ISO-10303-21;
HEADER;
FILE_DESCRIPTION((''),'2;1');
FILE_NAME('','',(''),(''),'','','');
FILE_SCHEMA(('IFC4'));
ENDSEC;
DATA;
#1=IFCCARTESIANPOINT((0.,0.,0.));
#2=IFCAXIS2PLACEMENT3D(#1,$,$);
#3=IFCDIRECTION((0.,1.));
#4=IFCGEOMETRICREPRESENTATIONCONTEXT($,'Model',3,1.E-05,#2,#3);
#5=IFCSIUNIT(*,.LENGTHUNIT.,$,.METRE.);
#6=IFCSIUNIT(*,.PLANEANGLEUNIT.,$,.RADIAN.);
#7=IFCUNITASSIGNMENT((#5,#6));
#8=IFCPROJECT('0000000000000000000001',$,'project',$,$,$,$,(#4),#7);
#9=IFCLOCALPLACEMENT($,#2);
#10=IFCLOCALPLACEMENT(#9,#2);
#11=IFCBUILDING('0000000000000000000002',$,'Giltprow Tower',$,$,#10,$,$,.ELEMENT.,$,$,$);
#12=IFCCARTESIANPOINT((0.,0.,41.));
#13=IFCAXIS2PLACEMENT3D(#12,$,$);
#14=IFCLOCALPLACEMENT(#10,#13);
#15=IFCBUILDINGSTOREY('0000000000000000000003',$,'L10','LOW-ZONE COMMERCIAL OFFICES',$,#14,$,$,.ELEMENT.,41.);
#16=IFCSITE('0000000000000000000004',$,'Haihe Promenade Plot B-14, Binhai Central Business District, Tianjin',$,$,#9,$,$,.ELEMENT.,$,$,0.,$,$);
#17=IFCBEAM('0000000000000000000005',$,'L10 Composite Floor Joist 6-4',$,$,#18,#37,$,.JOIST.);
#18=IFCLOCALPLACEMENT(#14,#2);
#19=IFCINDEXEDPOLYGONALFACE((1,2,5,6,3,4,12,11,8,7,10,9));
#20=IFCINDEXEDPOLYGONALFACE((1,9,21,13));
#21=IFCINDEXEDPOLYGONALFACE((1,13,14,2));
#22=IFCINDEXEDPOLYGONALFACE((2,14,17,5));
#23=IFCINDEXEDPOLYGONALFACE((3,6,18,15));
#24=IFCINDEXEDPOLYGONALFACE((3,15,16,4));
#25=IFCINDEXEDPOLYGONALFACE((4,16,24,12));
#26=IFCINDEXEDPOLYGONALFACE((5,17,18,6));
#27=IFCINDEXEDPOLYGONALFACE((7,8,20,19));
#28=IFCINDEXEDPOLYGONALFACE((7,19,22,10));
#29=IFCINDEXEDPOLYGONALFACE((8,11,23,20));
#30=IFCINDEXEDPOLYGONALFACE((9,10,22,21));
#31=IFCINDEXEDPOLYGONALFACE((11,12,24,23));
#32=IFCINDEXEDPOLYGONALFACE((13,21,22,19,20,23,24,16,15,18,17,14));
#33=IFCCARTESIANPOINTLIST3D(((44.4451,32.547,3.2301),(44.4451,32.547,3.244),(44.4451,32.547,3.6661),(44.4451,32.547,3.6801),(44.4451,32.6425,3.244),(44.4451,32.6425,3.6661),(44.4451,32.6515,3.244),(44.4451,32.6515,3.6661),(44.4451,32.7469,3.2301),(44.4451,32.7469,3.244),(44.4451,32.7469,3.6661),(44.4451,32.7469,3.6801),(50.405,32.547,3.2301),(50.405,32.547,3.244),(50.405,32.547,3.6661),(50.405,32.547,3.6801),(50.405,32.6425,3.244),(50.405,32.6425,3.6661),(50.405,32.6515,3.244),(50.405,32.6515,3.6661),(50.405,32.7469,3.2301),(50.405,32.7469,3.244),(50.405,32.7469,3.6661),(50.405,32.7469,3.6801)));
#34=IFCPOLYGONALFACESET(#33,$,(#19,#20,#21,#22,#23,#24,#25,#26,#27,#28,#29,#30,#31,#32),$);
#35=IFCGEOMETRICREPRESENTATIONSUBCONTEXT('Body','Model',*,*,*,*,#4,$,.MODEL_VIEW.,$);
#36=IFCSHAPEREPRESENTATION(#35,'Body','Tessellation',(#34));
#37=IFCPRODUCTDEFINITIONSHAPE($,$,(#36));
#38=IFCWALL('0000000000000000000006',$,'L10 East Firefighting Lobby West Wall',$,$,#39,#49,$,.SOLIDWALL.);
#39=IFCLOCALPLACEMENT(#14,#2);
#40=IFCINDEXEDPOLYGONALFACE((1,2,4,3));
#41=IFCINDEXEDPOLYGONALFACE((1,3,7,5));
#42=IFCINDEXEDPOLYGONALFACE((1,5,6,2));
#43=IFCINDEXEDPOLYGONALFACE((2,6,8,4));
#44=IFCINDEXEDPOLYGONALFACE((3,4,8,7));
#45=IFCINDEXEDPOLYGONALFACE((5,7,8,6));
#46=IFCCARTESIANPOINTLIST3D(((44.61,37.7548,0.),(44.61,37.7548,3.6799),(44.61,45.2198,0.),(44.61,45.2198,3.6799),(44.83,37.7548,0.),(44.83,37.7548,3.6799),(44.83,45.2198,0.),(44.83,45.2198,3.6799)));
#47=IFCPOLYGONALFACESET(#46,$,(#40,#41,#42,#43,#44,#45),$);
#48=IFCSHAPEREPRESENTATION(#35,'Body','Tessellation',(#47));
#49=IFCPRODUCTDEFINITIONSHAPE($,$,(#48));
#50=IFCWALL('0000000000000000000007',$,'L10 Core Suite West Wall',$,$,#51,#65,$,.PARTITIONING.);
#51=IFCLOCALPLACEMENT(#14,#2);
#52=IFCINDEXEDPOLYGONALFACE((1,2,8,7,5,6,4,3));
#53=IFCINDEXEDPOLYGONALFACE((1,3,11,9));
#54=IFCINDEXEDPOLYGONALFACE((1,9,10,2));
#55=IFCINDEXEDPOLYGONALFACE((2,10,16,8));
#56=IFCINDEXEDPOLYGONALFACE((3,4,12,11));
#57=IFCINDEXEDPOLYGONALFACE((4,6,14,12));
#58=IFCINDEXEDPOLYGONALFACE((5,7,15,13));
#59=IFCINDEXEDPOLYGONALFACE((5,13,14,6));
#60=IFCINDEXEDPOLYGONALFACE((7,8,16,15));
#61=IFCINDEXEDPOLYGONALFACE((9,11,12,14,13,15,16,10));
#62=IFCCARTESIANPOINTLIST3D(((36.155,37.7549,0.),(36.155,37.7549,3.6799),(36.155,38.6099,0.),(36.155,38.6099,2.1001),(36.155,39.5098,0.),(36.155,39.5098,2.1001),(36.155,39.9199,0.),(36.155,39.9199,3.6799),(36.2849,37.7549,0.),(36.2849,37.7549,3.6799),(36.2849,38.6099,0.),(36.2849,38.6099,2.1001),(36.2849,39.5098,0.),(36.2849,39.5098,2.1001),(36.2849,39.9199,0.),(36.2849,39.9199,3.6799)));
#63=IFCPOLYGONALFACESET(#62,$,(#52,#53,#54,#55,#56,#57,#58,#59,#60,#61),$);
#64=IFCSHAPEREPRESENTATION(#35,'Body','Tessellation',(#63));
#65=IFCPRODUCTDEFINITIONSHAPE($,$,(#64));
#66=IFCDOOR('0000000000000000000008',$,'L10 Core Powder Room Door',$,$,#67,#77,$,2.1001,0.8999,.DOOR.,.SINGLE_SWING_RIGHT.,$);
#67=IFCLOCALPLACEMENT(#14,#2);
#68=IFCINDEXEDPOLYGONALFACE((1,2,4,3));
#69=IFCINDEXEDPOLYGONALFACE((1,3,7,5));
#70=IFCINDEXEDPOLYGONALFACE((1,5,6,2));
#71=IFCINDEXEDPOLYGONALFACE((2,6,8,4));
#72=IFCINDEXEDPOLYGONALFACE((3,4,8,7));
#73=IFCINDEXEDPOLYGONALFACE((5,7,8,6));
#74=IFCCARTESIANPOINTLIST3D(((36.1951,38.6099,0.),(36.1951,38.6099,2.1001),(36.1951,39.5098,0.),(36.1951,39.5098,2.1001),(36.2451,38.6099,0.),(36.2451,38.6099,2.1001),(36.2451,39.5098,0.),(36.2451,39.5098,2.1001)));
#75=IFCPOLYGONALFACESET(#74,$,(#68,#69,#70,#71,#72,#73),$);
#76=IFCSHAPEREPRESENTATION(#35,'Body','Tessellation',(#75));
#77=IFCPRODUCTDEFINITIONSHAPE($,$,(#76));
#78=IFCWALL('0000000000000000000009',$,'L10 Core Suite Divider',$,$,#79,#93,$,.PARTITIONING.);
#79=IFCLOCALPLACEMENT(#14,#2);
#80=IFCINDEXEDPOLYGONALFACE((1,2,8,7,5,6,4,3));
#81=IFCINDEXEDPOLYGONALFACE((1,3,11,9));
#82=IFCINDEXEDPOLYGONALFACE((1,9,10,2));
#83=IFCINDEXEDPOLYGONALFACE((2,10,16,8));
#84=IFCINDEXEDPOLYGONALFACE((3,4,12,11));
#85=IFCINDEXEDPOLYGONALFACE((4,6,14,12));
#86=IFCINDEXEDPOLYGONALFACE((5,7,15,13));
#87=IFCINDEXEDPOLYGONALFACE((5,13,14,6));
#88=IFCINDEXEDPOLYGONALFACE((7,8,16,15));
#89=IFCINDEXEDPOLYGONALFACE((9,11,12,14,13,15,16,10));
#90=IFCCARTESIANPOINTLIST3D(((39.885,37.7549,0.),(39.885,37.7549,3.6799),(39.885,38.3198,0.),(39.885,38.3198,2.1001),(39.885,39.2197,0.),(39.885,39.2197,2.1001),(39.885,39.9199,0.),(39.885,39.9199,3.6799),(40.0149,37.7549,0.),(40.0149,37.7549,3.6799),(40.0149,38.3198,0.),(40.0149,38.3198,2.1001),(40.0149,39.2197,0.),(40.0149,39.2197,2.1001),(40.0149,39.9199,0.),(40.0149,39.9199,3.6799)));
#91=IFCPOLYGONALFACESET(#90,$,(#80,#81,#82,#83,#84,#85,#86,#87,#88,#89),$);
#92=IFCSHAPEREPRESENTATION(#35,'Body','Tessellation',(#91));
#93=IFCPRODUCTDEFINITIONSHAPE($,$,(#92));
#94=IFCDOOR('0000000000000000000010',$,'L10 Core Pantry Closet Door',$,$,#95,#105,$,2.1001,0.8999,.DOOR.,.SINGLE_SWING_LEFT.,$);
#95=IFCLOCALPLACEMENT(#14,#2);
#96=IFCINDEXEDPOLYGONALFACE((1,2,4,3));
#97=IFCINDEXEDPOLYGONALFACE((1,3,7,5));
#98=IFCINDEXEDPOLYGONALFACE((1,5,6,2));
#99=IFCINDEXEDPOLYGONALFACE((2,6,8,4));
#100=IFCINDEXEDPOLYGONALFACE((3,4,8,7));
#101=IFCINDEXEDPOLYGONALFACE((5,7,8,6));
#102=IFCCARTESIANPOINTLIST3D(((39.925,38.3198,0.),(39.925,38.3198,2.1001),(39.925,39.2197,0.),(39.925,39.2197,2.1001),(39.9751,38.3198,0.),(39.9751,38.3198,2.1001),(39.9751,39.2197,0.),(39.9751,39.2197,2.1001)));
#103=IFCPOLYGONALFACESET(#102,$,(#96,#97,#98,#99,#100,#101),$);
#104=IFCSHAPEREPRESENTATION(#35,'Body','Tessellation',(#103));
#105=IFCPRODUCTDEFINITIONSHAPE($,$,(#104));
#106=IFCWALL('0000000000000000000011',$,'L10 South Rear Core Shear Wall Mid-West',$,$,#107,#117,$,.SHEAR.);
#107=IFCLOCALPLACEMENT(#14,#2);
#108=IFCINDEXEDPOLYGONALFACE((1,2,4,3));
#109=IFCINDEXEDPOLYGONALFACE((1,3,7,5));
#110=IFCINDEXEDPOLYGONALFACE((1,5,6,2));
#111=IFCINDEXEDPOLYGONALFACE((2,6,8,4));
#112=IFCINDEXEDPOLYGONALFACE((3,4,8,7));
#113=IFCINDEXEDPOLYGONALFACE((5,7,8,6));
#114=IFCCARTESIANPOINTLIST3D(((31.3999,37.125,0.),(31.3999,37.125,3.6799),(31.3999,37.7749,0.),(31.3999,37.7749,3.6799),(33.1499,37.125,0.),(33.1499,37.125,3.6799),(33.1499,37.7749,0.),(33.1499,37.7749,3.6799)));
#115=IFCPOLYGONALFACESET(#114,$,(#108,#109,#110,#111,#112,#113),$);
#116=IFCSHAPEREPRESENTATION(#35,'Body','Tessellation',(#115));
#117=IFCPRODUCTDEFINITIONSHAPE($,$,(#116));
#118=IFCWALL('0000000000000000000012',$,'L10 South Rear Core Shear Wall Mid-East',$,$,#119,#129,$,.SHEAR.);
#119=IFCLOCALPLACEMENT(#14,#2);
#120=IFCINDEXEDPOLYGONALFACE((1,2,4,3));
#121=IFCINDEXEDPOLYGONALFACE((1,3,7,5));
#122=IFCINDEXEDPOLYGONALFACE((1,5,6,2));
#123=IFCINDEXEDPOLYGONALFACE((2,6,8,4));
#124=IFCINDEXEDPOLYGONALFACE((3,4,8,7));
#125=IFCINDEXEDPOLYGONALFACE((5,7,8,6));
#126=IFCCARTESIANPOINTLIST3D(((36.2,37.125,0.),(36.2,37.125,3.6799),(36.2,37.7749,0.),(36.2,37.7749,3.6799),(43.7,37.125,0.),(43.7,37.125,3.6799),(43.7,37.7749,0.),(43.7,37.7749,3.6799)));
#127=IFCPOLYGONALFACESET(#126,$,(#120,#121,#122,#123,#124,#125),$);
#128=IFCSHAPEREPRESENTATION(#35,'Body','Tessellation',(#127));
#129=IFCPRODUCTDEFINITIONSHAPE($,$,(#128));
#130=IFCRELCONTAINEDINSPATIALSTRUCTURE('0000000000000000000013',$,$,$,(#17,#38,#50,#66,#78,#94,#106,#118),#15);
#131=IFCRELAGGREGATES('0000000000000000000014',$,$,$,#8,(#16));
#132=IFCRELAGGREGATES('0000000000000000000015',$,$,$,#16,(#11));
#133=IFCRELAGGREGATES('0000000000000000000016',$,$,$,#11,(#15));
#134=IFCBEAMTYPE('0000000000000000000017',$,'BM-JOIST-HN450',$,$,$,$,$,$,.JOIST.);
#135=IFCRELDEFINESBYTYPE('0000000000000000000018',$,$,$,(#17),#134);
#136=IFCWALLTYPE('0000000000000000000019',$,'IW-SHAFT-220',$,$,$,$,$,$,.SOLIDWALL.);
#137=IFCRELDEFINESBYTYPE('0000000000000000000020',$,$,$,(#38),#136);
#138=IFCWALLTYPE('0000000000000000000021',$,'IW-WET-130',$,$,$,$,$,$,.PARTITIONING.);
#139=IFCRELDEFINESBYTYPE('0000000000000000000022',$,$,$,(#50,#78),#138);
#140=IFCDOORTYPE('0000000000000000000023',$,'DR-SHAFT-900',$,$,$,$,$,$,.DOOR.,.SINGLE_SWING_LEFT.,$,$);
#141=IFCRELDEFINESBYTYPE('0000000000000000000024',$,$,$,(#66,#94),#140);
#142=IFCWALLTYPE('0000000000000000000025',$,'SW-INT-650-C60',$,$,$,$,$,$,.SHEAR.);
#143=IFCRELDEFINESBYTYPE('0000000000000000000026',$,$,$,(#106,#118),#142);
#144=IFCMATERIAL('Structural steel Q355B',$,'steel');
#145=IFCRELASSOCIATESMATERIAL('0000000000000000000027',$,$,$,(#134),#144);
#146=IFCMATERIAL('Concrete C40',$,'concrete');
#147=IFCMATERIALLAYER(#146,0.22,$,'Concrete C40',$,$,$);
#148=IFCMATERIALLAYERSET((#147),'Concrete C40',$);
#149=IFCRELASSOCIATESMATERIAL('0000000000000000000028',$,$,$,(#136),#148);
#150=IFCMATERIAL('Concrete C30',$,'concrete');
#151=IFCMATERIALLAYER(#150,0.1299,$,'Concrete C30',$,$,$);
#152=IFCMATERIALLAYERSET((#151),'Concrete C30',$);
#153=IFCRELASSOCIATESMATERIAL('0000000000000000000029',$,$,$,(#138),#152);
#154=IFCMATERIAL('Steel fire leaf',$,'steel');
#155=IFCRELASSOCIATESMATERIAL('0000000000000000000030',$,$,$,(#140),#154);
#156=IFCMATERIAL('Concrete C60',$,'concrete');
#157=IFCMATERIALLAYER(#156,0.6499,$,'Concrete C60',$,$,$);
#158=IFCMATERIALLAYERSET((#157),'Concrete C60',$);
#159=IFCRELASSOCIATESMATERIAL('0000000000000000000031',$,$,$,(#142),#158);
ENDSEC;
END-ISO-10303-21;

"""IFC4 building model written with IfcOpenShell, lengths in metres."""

from ifc_helpers import new_model, si_unit, direction, frame, frame_2d, origin, origin_2d, place, context, subcontext, project, spatial, rectangle, i_section, extrude, source, transform, mapped, material, layer, layer_set, material_profile, profile_set, type_object, element, fill, save


model = new_model("IFC4")

# Units and contexts
model_context = context("Model", 3, precision=1e-05, world=origin(), true_north=direction((0.0, 1.0)))
body_context = subcontext(model_context, "Body", "Model", "MODEL_VIEW")
ifc_project = project(units=[si_unit("LENGTHUNIT", "METRE"), si_unit("PLANEANGLEUNIT", "RADIAN")], contexts=[model_context])

# Site, building, storey
site_placement = place(None, origin())
site = spatial("IfcSite", under=ifc_project, at=site_placement, Name="Haihe Promenade Plot B-14, Binhai Central Business District, Tianjin", CompositionType="ELEMENT", RefElevation=0.0)
building_placement = place(site_placement, origin())
building = spatial("IfcBuilding", under=site, at=building_placement, Name="Giltprow Tower", CompositionType="ELEMENT")
storey_placement = place(building_placement, frame((0.0, 0.0, 41.0)))
storey = spatial("IfcBuildingStorey", under=building, at=storey_placement, Name="L10", Description="LOW-ZONE COMMERCIAL OFFICES", CompositionType="ELEMENT", Elevation=41.0)

# Shared definitions
ifc_material_1 = material(Name="Concrete C60", Category="concrete")

# Beam
ifc_material_2 = material(Name="Structural steel Q355B", Category="steel")
ifc_material_profile_1 = material_profile(ifc_material_2, i_section(OverallWidth=0.2, OverallDepth=0.45, WebThickness=0.009, FlangeThickness=0.0139, at=origin_2d()), Name="HN 450x200x9x14")
ifc_profile_set_1 = profile_set([ifc_material_profile_1], Name="Structural steel Q355B")
beam_type_1 = type_object("IfcBeamType", Name="BM-JOIST-HN450", PredefinedType="JOIST", material=ifc_profile_set_1)
shared_shape_1 = source(origin(), body_context, "Body", "SweptSolid", [
    extrude(i_section(OverallWidth=0.2, OverallDepth=0.45, WebThickness=0.009, FlangeThickness=0.0139, at=origin_2d()), origin(), (0.0, 0.0, 1.0), 5.96),
])
for number, where, z_axis, x_axis, name in (
    (1, (44.4451, 32.647, 3.4551), (1.0, 0.0, 0.0), (0.0, 1.0, 0.0), "L10 Composite Floor Joist 6-4"),
):
    element("IfcBeam", number, at=place(storey_placement, frame(where, z_axis=z_axis, x_axis=x_axis)), inside=storey, type_object=beam_type_1, Name=name, PredefinedType="JOIST", context=body_context, shape_type="MappedRepresentation", body=[
        mapped(shared_shape_1, transform((0.0, 0.0, 0.0), x_axis=(1.0, 0.0, 0.0), y_axis=(0.0, 1.0, 0.0), z_axis=(0.0, 0.0, 1.0), scale=1.0)),
    ])

# Wall
ifc_material_3 = material(Name="Concrete C40", Category="concrete")
ifc_layer_1 = layer(ifc_material_3, 0.22, Name="Concrete C40")
ifc_layer_set_1 = layer_set([ifc_layer_1], Name="Concrete C40")
wall_type_1 = type_object("IfcWallType", Name="IW-SHAFT-220", PredefinedType="SOLIDWALL", material=ifc_layer_set_1)
wall_1_placement = place(storey_placement, frame((44.72, 37.7549, 0.0), z_axis=(0.0, 0.0, 1.0), x_axis=(0.0, 1.0, 0.0)))
element("IfcWall", 2, at=wall_1_placement, inside=storey, type_object=wall_type_1, Name="L10 East Firefighting Lobby West Wall", PredefinedType="SOLIDWALL", context=body_context, shape_type="SweptSolid", body=[
    extrude(rectangle(XDim=7.4651, YDim=0.22, at=frame_2d((3.7324, 0.0))), origin(), (0.0, 0.0, 1.0), 3.6799),
])

# Walls, openings, doors
ifc_material_4 = material(Name="Concrete C30", Category="concrete")
ifc_layer_2 = layer(ifc_material_4, 0.1299, Name="Concrete C30")
ifc_layer_set_2 = layer_set([ifc_layer_2], Name="Concrete C30")
wall_type_2 = type_object("IfcWallType", Name="IW-WET-130", PredefinedType="PARTITIONING", material=ifc_layer_set_2)
wall_2_placement = place(storey_placement, frame((36.22, 37.7549, 0.0), z_axis=(0.0, 0.0, 1.0), x_axis=(0.0, 1.0, 0.0)))
wall_2 = element("IfcWall", 3, at=wall_2_placement, inside=storey, type_object=wall_type_2, Name="L10 Core Suite West Wall", PredefinedType="PARTITIONING", context=body_context, shape_type="SweptSolid", body=[
    extrude(rectangle(XDim=2.165, YDim=0.1299, at=frame_2d((1.0825, 0.0))), origin(), (0.0, 0.0, 1.0), 3.6799),
])
opening_1_placement = place(wall_2_placement, frame((0.855, 0.0, 0.0)))
opening_1 = element("IfcOpeningElement", 4, at=opening_1_placement, cuts=wall_2, PredefinedType="OPENING", context=body_context, shape_type="SweptSolid", body=[
    extrude(rectangle(XDim=0.8999, YDim=2.1001, at=frame_2d((0.45, 1.05))), frame((0.0, 0.075, 0.0), z_axis=(0.0, -1.0, 0.0), x_axis=(1.0, 0.0, 0.0)), (0.0, 0.0, 1.0), 0.1499),
])
ifc_material_5 = material(Name="Steel fire leaf", Category="steel")
door_type_1 = type_object("IfcDoorType", Name="DR-SHAFT-900", OperationType="SINGLE_SWING_LEFT", PredefinedType="DOOR", material=ifc_material_5)
shared_shape_2 = source(origin(), body_context, "Body", "SweptSolid", [
    extrude(rectangle(XDim=0.8999, YDim=2.1001, at=frame_2d((0.45, 1.05))), frame((0.0, 0.0249, 0.0), z_axis=(0.0, -1.0, 0.0), x_axis=(1.0, 0.0, 0.0)), (0.0, 0.0, 1.0), 0.05),
])
door_1_placement = place(opening_1_placement, origin())
door_1 = element("IfcDoor", 5, at=door_1_placement, inside=storey, type_object=door_type_1, Name="L10 Core Powder Room Door", OperationType="SINGLE_SWING_RIGHT", OverallHeight=2.1001, OverallWidth=0.8999, PredefinedType="DOOR", context=body_context, shape_type="MappedRepresentation", body=[
    mapped(shared_shape_2, transform((0.0, 0.0, 0.0), x_axis=(1.0, 0.0, 0.0), y_axis=(0.0, 1.0, 0.0), z_axis=(0.0, 0.0, 1.0), scale=1.0)),
])
fill(opening_1, door_1)
wall_3_placement = place(storey_placement, frame((39.95, 37.7549, 0.0), z_axis=(0.0, 0.0, 1.0), x_axis=(0.0, 1.0, 0.0)))
wall_3 = element("IfcWall", 6, at=wall_3_placement, inside=storey, type_object=wall_type_2, Name="L10 Core Suite Divider", PredefinedType="PARTITIONING", context=body_context, shape_type="SweptSolid", body=[
    extrude(rectangle(XDim=2.165, YDim=0.1299, at=frame_2d((1.0825, 0.0))), origin(), (0.0, 0.0, 1.0), 3.6799),
])
opening_2_placement = place(wall_3_placement, frame((0.5649, 0.0, 0.0)))
opening_2 = element("IfcOpeningElement", 7, at=opening_2_placement, cuts=wall_3, PredefinedType="OPENING", context=body_context, shape_type="SweptSolid", body=[
    extrude(rectangle(XDim=0.8999, YDim=2.1001, at=frame_2d((0.45, 1.05))), frame((0.0, 0.075, 0.0), z_axis=(0.0, -1.0, 0.0), x_axis=(1.0, 0.0, 0.0)), (0.0, 0.0, 1.0), 0.1499),
])
door_2_placement = place(opening_2_placement, origin())
door_2 = element("IfcDoor", 8, at=door_2_placement, inside=storey, type_object=door_type_1, Name="L10 Core Pantry Closet Door", OperationType="SINGLE_SWING_LEFT", OverallHeight=2.1001, OverallWidth=0.8999, PredefinedType="DOOR", context=body_context, shape_type="MappedRepresentation", body=[
    mapped(shared_shape_2, transform((0.0, 0.0, 0.0), x_axis=(1.0, 0.0, 0.0), y_axis=(0.0, 1.0, 0.0), z_axis=(0.0, 0.0, 1.0), scale=1.0)),
])
fill(opening_2, door_2)

# Walls
ifc_layer_3 = layer(ifc_material_1, 0.6499, Name="Concrete C60")
ifc_layer_set_3 = layer_set([ifc_layer_3], Name="Concrete C60")
wall_type_3 = type_object("IfcWallType", Name="SW-INT-650-C60", PredefinedType="SHEAR", material=ifc_layer_set_3)
wall_4_placement = place(storey_placement, frame((31.3999, 37.45, 0.0), z_axis=(0.0, 0.0, 1.0), x_axis=(1.0, 0.0, 0.0)))
element("IfcWall", 9, at=wall_4_placement, inside=storey, type_object=wall_type_3, Name="L10 South Rear Core Shear Wall Mid-West", PredefinedType="SHEAR", context=body_context, shape_type="SweptSolid", body=[
    extrude(rectangle(XDim=1.75, YDim=0.6499, at=frame_2d((0.875, 0.0))), origin(), (0.0, 0.0, 1.0), 3.6799),
])
wall_5_placement = place(storey_placement, frame((36.2, 37.45, 0.0), z_axis=(0.0, 0.0, 1.0), x_axis=(1.0, 0.0, 0.0)))
element("IfcWall", 10, at=wall_5_placement, inside=storey, type_object=wall_type_3, Name="L10 South Rear Core Shear Wall Mid-East", PredefinedType="SHEAR", context=body_context, shape_type="SweptSolid", body=[
    extrude(rectangle(XDim=7.5, YDim=0.6499, at=frame_2d((3.75, 0.0))), origin(), (0.0, 0.0, 1.0), 3.6799),
])

save(model, "model.ifc")
